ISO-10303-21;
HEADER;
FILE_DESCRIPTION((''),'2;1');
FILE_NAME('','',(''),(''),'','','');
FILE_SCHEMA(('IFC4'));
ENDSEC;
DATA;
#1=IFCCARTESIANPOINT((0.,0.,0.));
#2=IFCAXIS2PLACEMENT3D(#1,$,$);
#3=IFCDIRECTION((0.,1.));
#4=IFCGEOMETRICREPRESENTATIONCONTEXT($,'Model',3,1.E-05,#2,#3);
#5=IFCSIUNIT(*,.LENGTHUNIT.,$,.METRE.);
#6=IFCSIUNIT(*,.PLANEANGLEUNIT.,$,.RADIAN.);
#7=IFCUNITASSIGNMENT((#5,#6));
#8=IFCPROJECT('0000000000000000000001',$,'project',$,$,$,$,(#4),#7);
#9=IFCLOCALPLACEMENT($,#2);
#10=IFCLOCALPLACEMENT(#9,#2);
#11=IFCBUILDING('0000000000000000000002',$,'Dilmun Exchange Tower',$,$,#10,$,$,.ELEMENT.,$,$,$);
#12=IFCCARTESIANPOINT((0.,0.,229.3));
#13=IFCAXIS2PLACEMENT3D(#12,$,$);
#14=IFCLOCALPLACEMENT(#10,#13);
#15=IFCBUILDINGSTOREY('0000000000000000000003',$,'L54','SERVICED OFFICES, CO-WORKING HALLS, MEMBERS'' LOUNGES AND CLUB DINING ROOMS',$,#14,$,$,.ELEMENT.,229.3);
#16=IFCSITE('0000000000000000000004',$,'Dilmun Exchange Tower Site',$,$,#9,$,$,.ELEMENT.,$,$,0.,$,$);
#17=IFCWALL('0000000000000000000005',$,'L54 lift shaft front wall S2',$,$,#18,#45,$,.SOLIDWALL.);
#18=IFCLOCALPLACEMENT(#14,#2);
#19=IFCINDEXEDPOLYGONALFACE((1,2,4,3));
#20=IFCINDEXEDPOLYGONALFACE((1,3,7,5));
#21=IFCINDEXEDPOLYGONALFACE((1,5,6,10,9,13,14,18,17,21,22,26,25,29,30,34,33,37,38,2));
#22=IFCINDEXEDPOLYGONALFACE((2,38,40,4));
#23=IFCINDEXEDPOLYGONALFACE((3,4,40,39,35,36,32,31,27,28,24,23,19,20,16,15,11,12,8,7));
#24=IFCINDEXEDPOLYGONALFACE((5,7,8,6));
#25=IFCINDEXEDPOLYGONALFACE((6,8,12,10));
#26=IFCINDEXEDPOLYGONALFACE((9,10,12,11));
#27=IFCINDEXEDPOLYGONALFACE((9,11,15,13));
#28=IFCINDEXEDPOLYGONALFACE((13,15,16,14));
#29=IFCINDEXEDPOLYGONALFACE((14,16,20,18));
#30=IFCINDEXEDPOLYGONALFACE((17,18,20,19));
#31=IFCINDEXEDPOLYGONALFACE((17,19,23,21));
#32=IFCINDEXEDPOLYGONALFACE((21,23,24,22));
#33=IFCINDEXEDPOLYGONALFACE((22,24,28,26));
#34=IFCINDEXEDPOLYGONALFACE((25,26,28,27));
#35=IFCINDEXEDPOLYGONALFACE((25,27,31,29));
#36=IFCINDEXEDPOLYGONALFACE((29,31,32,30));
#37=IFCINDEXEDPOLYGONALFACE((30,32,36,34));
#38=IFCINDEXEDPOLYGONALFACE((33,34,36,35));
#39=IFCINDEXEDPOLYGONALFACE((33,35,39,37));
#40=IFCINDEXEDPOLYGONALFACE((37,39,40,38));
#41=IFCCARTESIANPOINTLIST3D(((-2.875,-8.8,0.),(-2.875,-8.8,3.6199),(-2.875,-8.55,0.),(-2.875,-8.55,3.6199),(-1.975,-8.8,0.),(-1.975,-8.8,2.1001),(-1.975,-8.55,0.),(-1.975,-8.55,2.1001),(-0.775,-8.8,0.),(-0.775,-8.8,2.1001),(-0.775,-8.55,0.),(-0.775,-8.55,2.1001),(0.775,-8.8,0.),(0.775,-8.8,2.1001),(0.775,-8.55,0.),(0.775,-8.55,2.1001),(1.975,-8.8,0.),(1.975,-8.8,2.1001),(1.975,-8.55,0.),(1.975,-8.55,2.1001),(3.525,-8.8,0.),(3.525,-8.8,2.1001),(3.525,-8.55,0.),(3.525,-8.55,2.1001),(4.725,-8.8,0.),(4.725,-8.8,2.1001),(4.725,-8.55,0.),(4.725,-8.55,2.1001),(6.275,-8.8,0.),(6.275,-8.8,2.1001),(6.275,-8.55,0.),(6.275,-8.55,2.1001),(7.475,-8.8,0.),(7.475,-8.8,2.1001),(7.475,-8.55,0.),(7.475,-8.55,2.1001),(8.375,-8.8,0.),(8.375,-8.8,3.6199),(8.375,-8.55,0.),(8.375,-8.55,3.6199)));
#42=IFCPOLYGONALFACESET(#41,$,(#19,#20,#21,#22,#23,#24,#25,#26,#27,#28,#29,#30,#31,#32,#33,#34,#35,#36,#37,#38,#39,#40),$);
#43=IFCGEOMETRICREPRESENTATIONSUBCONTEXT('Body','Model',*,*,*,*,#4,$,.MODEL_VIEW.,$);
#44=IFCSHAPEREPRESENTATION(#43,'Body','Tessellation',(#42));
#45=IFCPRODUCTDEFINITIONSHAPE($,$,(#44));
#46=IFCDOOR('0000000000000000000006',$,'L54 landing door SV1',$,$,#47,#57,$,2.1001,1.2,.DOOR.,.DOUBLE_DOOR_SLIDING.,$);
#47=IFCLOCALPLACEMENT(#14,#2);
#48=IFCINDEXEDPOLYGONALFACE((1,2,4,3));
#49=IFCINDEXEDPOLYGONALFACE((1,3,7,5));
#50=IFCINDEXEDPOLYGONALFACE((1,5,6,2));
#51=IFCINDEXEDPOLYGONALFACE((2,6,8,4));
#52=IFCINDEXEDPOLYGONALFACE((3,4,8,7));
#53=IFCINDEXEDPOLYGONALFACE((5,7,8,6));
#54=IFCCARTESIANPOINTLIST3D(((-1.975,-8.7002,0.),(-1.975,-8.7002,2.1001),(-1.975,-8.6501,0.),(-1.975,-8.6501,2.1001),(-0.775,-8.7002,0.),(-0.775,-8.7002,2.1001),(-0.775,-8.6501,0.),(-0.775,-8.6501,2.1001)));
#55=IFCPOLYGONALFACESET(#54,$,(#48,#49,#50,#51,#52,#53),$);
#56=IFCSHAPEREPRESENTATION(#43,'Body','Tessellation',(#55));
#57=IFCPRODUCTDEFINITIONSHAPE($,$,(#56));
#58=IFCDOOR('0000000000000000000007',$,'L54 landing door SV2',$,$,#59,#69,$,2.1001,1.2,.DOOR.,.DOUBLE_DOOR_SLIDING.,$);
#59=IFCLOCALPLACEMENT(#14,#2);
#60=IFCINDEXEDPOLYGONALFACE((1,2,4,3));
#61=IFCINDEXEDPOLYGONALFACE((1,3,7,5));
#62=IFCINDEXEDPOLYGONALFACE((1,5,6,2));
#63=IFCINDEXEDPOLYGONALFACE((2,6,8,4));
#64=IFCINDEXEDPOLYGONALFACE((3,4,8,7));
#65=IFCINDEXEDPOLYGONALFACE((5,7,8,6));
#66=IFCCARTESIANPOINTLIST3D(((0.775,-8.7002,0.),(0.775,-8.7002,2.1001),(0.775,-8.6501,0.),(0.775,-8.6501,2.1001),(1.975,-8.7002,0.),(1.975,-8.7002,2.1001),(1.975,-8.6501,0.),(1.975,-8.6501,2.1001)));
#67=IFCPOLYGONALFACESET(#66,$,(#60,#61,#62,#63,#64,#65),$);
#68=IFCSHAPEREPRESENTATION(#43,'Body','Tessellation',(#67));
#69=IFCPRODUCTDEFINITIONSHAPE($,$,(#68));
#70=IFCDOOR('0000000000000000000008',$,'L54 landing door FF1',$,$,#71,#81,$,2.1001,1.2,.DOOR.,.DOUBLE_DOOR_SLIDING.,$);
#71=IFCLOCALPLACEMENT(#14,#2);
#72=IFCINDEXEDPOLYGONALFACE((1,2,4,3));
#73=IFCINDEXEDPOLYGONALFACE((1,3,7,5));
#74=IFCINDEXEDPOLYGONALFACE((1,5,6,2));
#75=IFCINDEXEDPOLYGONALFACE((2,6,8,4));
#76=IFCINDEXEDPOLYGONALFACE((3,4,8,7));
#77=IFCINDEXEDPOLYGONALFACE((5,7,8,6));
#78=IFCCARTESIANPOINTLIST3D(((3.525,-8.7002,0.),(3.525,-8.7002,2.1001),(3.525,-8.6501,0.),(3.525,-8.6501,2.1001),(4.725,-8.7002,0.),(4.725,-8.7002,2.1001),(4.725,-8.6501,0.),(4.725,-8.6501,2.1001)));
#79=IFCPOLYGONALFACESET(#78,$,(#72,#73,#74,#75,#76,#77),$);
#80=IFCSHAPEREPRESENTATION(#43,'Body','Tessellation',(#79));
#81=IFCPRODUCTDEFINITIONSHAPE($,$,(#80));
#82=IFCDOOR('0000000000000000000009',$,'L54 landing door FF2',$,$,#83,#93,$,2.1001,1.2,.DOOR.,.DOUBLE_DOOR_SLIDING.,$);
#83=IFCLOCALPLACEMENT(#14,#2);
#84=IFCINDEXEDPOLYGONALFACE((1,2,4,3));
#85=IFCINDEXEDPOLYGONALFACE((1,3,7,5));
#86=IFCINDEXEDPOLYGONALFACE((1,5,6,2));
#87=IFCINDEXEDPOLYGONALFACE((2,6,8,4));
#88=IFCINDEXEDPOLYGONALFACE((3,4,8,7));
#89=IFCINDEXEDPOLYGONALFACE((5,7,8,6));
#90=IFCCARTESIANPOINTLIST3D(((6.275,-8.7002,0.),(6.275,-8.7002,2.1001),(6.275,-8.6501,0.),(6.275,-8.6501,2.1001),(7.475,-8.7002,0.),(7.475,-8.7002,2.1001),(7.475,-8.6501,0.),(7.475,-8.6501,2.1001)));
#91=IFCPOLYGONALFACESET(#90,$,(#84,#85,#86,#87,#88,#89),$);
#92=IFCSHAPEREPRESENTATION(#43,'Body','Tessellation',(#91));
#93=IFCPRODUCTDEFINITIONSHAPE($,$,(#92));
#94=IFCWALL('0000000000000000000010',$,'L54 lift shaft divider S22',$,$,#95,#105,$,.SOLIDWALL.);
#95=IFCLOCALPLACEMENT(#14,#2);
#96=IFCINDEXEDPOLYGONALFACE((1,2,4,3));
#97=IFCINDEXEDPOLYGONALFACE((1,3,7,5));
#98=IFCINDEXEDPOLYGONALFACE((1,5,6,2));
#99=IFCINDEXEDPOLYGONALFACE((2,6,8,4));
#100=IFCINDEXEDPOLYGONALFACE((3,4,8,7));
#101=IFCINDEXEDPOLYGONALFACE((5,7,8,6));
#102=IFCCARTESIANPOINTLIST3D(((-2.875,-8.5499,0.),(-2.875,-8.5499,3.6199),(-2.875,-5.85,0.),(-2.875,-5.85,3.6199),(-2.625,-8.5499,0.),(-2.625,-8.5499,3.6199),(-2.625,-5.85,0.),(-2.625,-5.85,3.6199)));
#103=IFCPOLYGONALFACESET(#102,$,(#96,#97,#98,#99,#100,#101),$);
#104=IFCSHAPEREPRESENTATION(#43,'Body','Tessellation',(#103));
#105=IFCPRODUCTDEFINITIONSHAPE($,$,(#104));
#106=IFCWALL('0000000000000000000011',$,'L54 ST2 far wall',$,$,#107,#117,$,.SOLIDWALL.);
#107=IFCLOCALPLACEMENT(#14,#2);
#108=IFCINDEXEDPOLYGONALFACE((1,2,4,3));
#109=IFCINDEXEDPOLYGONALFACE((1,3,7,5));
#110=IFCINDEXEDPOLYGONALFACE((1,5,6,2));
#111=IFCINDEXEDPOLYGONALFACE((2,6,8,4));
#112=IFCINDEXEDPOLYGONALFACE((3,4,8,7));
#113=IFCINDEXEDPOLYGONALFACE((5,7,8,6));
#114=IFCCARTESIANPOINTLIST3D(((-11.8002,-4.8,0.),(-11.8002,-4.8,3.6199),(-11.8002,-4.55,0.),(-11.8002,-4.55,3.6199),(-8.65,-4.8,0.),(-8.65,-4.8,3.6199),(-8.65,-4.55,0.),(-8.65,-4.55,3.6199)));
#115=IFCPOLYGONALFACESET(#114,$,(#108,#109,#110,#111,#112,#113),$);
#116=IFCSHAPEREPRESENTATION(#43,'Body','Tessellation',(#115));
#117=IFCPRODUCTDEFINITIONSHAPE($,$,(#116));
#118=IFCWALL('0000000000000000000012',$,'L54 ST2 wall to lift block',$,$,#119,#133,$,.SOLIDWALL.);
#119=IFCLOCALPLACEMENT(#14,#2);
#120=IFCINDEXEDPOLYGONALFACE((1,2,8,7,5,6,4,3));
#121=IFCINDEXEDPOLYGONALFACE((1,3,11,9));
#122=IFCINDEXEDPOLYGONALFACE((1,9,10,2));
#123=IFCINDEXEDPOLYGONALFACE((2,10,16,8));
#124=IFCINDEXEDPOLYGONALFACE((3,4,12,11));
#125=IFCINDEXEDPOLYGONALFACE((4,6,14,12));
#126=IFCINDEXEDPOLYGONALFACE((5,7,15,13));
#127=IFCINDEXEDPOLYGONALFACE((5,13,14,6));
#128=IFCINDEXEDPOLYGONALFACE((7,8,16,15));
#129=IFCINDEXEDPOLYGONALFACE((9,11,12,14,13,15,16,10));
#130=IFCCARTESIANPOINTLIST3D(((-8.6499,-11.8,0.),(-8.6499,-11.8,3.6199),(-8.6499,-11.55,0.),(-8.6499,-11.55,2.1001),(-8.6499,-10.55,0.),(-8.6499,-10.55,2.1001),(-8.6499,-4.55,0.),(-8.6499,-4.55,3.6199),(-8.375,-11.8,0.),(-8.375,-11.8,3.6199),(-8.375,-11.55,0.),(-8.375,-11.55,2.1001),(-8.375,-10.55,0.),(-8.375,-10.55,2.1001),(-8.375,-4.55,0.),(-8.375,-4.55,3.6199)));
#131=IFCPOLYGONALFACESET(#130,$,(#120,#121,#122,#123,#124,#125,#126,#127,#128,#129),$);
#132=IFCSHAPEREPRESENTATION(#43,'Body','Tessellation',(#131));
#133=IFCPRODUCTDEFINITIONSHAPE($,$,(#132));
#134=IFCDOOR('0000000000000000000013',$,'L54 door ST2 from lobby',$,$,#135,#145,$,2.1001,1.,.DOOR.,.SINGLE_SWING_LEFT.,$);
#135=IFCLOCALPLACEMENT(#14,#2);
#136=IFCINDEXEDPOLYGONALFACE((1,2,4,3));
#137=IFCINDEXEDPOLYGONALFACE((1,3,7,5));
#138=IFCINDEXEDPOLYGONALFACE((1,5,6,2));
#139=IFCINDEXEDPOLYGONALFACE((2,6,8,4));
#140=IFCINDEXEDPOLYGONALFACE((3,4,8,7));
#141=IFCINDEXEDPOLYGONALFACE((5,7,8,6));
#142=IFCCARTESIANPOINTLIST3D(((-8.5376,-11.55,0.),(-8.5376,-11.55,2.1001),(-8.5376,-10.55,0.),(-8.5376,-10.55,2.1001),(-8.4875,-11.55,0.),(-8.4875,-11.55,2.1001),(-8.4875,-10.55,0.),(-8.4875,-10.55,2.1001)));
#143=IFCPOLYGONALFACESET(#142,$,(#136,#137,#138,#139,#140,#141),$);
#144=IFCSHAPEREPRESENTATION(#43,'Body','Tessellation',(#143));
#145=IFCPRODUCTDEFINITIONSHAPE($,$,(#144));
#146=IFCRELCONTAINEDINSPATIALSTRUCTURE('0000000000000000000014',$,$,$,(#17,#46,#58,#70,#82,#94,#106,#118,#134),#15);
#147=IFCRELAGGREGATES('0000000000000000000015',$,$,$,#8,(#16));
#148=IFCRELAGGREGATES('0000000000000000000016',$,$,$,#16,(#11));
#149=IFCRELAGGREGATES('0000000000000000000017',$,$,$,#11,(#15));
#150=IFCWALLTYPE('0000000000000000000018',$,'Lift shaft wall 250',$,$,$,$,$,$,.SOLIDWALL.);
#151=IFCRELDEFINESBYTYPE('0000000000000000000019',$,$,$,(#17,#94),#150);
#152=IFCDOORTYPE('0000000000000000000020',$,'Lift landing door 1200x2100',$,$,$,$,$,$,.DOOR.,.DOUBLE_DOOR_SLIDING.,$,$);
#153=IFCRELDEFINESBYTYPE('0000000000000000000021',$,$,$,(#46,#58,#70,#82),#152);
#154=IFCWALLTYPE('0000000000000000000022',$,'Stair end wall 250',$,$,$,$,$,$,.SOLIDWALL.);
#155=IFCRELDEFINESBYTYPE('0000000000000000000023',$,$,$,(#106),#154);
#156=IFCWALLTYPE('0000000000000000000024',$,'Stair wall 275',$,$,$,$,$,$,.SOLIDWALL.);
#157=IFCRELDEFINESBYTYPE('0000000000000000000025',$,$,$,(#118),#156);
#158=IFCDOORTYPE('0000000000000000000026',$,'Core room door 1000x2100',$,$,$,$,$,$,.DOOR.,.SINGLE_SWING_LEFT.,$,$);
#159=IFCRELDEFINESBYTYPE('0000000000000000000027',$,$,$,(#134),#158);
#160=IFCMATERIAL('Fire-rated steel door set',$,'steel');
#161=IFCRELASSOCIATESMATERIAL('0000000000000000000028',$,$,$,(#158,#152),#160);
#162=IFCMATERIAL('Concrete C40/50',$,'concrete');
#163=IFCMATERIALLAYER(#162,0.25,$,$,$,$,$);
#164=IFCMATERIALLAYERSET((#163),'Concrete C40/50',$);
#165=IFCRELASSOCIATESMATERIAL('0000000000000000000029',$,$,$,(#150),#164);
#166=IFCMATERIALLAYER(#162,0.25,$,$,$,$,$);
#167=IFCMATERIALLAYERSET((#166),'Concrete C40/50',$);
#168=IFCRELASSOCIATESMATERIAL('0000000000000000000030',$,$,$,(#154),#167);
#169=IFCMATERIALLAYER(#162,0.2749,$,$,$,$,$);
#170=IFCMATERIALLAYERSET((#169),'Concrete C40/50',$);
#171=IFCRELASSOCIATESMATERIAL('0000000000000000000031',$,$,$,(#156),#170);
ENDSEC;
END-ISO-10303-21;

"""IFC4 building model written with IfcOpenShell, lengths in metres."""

from ifc_helpers import new_model, si_unit, direction, frame, frame_2d, origin, place, context, subcontext, project, spatial, rectangle, extrude, material, layer, layer_set, type_object, element, fill, save


model = new_model("IFC4")

# Units and contexts
model_context = context("Model", 3, precision=1e-05, world=origin(), true_north=direction((0.0, 1.0)))
body_context = subcontext(model_context, "Body", "Model", "MODEL_VIEW")
ifc_project = project(units=[si_unit("LENGTHUNIT", "METRE"), si_unit("PLANEANGLEUNIT", "RADIAN")], contexts=[model_context])

# Site, building, storey
site_placement = place(None, origin())
site = spatial("IfcSite", under=ifc_project, at=site_placement, Name="Dilmun Exchange Tower Site", CompositionType="ELEMENT", RefElevation=0.0)
building_placement = place(site_placement, origin())
building = spatial("IfcBuilding", under=site, at=building_placement, Name="Dilmun Exchange Tower", CompositionType="ELEMENT")
storey_placement = place(building_placement, frame((0.0, 0.0, 229.3)))
storey = spatial("IfcBuildingStorey", under=building, at=storey_placement, Name="L54", Description="SERVICED OFFICES, CO-WORKING HALLS, MEMBERS' LOUNGES AND CLUB DINING ROOMS", CompositionType="ELEMENT", Elevation=229.3)

# Shared definitions
ifc_material_1 = material(Name="Concrete C40/50", Category="concrete")

# Shared definitions
ifc_material_2 = material(Name="Fire-rated steel door set", Category="steel")

# Shared definitions
door_type_1 = type_object("IfcDoorType", Name="Core room door 1000x2100", OperationType="SINGLE_SWING_LEFT", PredefinedType="DOOR", material=ifc_material_2)

# Shared definitions
ifc_layer_1 = layer(ifc_material_1, 0.25)
ifc_layer_set_1 = layer_set([ifc_layer_1], Name="Concrete C40/50")
wall_type_1 = type_object("IfcWallType", Name="Lift shaft wall 250", PredefinedType="SOLIDWALL", material=ifc_layer_set_1)

# Wall, openings, doors
wall_1_placement = place(storey_placement, frame((-2.875, -8.675, 0.0), z_axis=(0.0, 0.0, 1.0), x_axis=(1.0, 0.0, 0.0)))
wall_1 = element("IfcWall", 1, at=wall_1_placement, inside=storey, type_object=wall_type_1, Name="L54 lift shaft front wall S2", PredefinedType="SOLIDWALL", context=body_context, shape_type="SweptSolid", body=[
    extrude(rectangle(XDim=11.25, YDim=0.25, at=frame_2d((5.625, 0.0))), origin(), (0.0, 0.0, 1.0), 3.6199),
])
opening_1_placement = place(wall_1_placement, frame((0.8999, 0.0, 0.0)))
opening_1 = element("IfcOpeningElement", 2, at=opening_1_placement, cuts=wall_1, PredefinedType="OPENING", context=body_context, shape_type="SweptSolid", body=[
    extrude(rectangle(XDim=1.2, YDim=2.1001, at=frame_2d((0.6001, 1.05))), frame((0.0, 0.135, 0.0), z_axis=(0.0, -1.0, 0.0), x_axis=(1.0, 0.0, 0.0)), (0.0, 0.0, 1.0), 0.27),
])
opening_2_placement = place(wall_1_placement, frame((3.6499, 0.0, 0.0)))
opening_2 = element("IfcOpeningElement", 3, at=opening_2_placement, cuts=wall_1, PredefinedType="OPENING", context=body_context, shape_type="SweptSolid", body=[
    extrude(rectangle(XDim=1.2, YDim=2.1001, at=frame_2d((0.6001, 1.05))), frame((0.0, 0.135, 0.0), z_axis=(0.0, -1.0, 0.0), x_axis=(1.0, 0.0, 0.0)), (0.0, 0.0, 1.0), 0.27),
])
opening_3_placement = place(wall_1_placement, frame((6.3999, 0.0, 0.0)))
opening_3 = element("IfcOpeningElement", 4, at=opening_3_placement, cuts=wall_1, PredefinedType="OPENING", context=body_context, shape_type="SweptSolid", body=[
    extrude(rectangle(XDim=1.2, YDim=2.1001, at=frame_2d((0.6001, 1.05))), frame((0.0, 0.135, 0.0), z_axis=(0.0, -1.0, 0.0), x_axis=(1.0, 0.0, 0.0)), (0.0, 0.0, 1.0), 0.27),
])
opening_4_placement = place(wall_1_placement, frame((9.1499, 0.0, 0.0)))
opening_4 = element("IfcOpeningElement", 5, at=opening_4_placement, cuts=wall_1, PredefinedType="OPENING", context=body_context, shape_type="SweptSolid", body=[
    extrude(rectangle(XDim=1.2, YDim=2.1001, at=frame_2d((0.6001, 1.05))), frame((0.0, 0.135, 0.0), z_axis=(0.0, -1.0, 0.0), x_axis=(1.0, 0.0, 0.0)), (0.0, 0.0, 1.0), 0.27),
])
door_type_2 = type_object("IfcDoorType", Name="Lift landing door 1200x2100", OperationType="DOUBLE_DOOR_SLIDING", PredefinedType="DOOR", material=ifc_material_2)
door_1_placement = place(opening_1_placement, origin())
door_1 = element("IfcDoor", 6, at=door_1_placement, inside=storey, type_object=door_type_2, Name="L54 landing door SV1", OperationType="DOUBLE_DOOR_SLIDING", OverallHeight=2.1001, OverallWidth=1.2, PredefinedType="DOOR", context=body_context, shape_type="SweptSolid", body=[
    extrude(rectangle(XDim=1.2, YDim=2.1001, at=frame_2d((0.6001, 1.05))), frame((0.0, 0.0249, 0.0), z_axis=(0.0, -1.0, 0.0), x_axis=(1.0, 0.0, 0.0)), (0.0, 0.0, 1.0), 0.05),
])
fill(opening_1, door_1)
door_2_placement = place(opening_2_placement, origin())
door_2 = element("IfcDoor", 7, at=door_2_placement, inside=storey, type_object=door_type_2, Name="L54 landing door SV2", OperationType="DOUBLE_DOOR_SLIDING", OverallHeight=2.1001, OverallWidth=1.2, PredefinedType="DOOR", context=body_context, shape_type="SweptSolid", body=[
    extrude(rectangle(XDim=1.2, YDim=2.1001, at=frame_2d((0.6001, 1.05))), frame((0.0, 0.0249, 0.0), z_axis=(0.0, -1.0, 0.0), x_axis=(1.0, 0.0, 0.0)), (0.0, 0.0, 1.0), 0.05),
])
fill(opening_2, door_2)
door_3_placement = place(opening_3_placement, origin())
door_3 = element("IfcDoor", 8, at=door_3_placement, inside=storey, type_object=door_type_2, Name="L54 landing door FF1", OperationType="DOUBLE_DOOR_SLIDING", OverallHeight=2.1001, OverallWidth=1.2, PredefinedType="DOOR", context=body_context, shape_type="SweptSolid", body=[
    extrude(rectangle(XDim=1.2, YDim=2.1001, at=frame_2d((0.6001, 1.05))), frame((0.0, 0.0249, 0.0), z_axis=(0.0, -1.0, 0.0), x_axis=(1.0, 0.0, 0.0)), (0.0, 0.0, 1.0), 0.05),
])
fill(opening_3, door_3)
door_4_placement = place(opening_4_placement, origin())
door_4 = element("IfcDoor", 9, at=door_4_placement, inside=storey, type_object=door_type_2, Name="L54 landing door FF2", OperationType="DOUBLE_DOOR_SLIDING", OverallHeight=2.1001, OverallWidth=1.2, PredefinedType="DOOR", context=body_context, shape_type="SweptSolid", body=[
    extrude(rectangle(XDim=1.2, YDim=2.1001, at=frame_2d((0.6001, 1.05))), frame((0.0, 0.0249, 0.0), z_axis=(0.0, -1.0, 0.0), x_axis=(1.0, 0.0, 0.0)), (0.0, 0.0, 1.0), 0.05),
])
fill(opening_4, door_4)

# Walls
wall_2_placement = place(storey_placement, frame((-2.75, -8.55, 0.0), z_axis=(0.0, 0.0, 1.0), x_axis=(0.0, 1.0, 0.0)))
element("IfcWall", 10, at=wall_2_placement, inside=storey, type_object=wall_type_1, Name="L54 lift shaft divider S22", PredefinedType="SOLIDWALL", context=body_context, shape_type="SweptSolid", body=[
    extrude(rectangle(XDim=2.7, YDim=0.25, at=frame_2d((1.3501, 0.0))), origin(), (0.0, 0.0, 1.0), 3.6199),
])
ifc_layer_2 = layer(ifc_material_1, 0.25)
ifc_layer_set_2 = layer_set([ifc_layer_2], Name="Concrete C40/50")
wall_type_2 = type_object("IfcWallType", Name="Stair end wall 250", PredefinedType="SOLIDWALL", material=ifc_layer_set_2)
wall_3_placement = place(storey_placement, frame((-8.6499, -4.675, 0.0), z_axis=(0.0, 0.0, 1.0), x_axis=(-1.0, 0.0, 0.0)))
element("IfcWall", 11, at=wall_3_placement, inside=storey, type_object=wall_type_2, Name="L54 ST2 far wall", PredefinedType="SOLIDWALL", context=body_context, shape_type="SweptSolid", body=[
    extrude(rectangle(XDim=3.1501, YDim=0.25, at=frame_2d((1.5752, 0.0))), origin(), (0.0, 0.0, 1.0), 3.6199),
])

# Wall, opening, door
ifc_layer_3 = layer(ifc_material_1, 0.2749)
ifc_layer_set_3 = layer_set([ifc_layer_3], Name="Concrete C40/50")
wall_type_3 = type_object("IfcWallType", Name="Stair wall 275", PredefinedType="SOLIDWALL", material=ifc_layer_set_3)
wall_4_placement = place(storey_placement, frame((-8.5125, -4.55, 0.0), z_axis=(0.0, 0.0, 1.0), x_axis=(0.0, -1.0, 0.0)))
wall_4 = element("IfcWall", 12, at=wall_4_placement, inside=storey, type_object=wall_type_3, Name="L54 ST2 wall to lift block", PredefinedType="SOLIDWALL", context=body_context, shape_type="SweptSolid", body=[
    extrude(rectangle(XDim=7.25, YDim=0.2749, at=frame_2d((3.625, 0.0))), origin(), (0.0, 0.0, 1.0), 3.6199),
])
opening_5_placement = place(wall_4_placement, frame((6.0, 0.0, 0.0)))
opening_5 = element("IfcOpeningElement", 13, at=opening_5_placement, cuts=wall_4, PredefinedType="OPENING", context=body_context, shape_type="SweptSolid", body=[
    extrude(rectangle(XDim=1.0, YDim=2.1001, at=frame_2d((0.5, 1.05))), frame((0.0, 0.1475, 0.0), z_axis=(0.0, -1.0, 0.0), x_axis=(1.0, 0.0, 0.0)), (0.0, 0.0, 1.0), 0.2949),
])
door_5_placement = place(opening_5_placement, origin())
door_5 = element("IfcDoor", 14, at=door_5_placement, inside=storey, type_object=door_type_1, Name="L54 door ST2 from lobby", OperationType="SINGLE_SWING_LEFT", OverallHeight=2.1001, OverallWidth=1.0, PredefinedType="DOOR", context=body_context, shape_type="SweptSolid", body=[
    extrude(rectangle(XDim=1.0, YDim=2.1001, at=frame_2d((0.5, 1.05))), frame((0.0, 0.0249, 0.0), z_axis=(0.0, -1.0, 0.0), x_axis=(1.0, 0.0, 0.0)), (0.0, 0.0, 1.0), 0.05),
])
fill(opening_5, door_5)

save(model, "model.ifc")
